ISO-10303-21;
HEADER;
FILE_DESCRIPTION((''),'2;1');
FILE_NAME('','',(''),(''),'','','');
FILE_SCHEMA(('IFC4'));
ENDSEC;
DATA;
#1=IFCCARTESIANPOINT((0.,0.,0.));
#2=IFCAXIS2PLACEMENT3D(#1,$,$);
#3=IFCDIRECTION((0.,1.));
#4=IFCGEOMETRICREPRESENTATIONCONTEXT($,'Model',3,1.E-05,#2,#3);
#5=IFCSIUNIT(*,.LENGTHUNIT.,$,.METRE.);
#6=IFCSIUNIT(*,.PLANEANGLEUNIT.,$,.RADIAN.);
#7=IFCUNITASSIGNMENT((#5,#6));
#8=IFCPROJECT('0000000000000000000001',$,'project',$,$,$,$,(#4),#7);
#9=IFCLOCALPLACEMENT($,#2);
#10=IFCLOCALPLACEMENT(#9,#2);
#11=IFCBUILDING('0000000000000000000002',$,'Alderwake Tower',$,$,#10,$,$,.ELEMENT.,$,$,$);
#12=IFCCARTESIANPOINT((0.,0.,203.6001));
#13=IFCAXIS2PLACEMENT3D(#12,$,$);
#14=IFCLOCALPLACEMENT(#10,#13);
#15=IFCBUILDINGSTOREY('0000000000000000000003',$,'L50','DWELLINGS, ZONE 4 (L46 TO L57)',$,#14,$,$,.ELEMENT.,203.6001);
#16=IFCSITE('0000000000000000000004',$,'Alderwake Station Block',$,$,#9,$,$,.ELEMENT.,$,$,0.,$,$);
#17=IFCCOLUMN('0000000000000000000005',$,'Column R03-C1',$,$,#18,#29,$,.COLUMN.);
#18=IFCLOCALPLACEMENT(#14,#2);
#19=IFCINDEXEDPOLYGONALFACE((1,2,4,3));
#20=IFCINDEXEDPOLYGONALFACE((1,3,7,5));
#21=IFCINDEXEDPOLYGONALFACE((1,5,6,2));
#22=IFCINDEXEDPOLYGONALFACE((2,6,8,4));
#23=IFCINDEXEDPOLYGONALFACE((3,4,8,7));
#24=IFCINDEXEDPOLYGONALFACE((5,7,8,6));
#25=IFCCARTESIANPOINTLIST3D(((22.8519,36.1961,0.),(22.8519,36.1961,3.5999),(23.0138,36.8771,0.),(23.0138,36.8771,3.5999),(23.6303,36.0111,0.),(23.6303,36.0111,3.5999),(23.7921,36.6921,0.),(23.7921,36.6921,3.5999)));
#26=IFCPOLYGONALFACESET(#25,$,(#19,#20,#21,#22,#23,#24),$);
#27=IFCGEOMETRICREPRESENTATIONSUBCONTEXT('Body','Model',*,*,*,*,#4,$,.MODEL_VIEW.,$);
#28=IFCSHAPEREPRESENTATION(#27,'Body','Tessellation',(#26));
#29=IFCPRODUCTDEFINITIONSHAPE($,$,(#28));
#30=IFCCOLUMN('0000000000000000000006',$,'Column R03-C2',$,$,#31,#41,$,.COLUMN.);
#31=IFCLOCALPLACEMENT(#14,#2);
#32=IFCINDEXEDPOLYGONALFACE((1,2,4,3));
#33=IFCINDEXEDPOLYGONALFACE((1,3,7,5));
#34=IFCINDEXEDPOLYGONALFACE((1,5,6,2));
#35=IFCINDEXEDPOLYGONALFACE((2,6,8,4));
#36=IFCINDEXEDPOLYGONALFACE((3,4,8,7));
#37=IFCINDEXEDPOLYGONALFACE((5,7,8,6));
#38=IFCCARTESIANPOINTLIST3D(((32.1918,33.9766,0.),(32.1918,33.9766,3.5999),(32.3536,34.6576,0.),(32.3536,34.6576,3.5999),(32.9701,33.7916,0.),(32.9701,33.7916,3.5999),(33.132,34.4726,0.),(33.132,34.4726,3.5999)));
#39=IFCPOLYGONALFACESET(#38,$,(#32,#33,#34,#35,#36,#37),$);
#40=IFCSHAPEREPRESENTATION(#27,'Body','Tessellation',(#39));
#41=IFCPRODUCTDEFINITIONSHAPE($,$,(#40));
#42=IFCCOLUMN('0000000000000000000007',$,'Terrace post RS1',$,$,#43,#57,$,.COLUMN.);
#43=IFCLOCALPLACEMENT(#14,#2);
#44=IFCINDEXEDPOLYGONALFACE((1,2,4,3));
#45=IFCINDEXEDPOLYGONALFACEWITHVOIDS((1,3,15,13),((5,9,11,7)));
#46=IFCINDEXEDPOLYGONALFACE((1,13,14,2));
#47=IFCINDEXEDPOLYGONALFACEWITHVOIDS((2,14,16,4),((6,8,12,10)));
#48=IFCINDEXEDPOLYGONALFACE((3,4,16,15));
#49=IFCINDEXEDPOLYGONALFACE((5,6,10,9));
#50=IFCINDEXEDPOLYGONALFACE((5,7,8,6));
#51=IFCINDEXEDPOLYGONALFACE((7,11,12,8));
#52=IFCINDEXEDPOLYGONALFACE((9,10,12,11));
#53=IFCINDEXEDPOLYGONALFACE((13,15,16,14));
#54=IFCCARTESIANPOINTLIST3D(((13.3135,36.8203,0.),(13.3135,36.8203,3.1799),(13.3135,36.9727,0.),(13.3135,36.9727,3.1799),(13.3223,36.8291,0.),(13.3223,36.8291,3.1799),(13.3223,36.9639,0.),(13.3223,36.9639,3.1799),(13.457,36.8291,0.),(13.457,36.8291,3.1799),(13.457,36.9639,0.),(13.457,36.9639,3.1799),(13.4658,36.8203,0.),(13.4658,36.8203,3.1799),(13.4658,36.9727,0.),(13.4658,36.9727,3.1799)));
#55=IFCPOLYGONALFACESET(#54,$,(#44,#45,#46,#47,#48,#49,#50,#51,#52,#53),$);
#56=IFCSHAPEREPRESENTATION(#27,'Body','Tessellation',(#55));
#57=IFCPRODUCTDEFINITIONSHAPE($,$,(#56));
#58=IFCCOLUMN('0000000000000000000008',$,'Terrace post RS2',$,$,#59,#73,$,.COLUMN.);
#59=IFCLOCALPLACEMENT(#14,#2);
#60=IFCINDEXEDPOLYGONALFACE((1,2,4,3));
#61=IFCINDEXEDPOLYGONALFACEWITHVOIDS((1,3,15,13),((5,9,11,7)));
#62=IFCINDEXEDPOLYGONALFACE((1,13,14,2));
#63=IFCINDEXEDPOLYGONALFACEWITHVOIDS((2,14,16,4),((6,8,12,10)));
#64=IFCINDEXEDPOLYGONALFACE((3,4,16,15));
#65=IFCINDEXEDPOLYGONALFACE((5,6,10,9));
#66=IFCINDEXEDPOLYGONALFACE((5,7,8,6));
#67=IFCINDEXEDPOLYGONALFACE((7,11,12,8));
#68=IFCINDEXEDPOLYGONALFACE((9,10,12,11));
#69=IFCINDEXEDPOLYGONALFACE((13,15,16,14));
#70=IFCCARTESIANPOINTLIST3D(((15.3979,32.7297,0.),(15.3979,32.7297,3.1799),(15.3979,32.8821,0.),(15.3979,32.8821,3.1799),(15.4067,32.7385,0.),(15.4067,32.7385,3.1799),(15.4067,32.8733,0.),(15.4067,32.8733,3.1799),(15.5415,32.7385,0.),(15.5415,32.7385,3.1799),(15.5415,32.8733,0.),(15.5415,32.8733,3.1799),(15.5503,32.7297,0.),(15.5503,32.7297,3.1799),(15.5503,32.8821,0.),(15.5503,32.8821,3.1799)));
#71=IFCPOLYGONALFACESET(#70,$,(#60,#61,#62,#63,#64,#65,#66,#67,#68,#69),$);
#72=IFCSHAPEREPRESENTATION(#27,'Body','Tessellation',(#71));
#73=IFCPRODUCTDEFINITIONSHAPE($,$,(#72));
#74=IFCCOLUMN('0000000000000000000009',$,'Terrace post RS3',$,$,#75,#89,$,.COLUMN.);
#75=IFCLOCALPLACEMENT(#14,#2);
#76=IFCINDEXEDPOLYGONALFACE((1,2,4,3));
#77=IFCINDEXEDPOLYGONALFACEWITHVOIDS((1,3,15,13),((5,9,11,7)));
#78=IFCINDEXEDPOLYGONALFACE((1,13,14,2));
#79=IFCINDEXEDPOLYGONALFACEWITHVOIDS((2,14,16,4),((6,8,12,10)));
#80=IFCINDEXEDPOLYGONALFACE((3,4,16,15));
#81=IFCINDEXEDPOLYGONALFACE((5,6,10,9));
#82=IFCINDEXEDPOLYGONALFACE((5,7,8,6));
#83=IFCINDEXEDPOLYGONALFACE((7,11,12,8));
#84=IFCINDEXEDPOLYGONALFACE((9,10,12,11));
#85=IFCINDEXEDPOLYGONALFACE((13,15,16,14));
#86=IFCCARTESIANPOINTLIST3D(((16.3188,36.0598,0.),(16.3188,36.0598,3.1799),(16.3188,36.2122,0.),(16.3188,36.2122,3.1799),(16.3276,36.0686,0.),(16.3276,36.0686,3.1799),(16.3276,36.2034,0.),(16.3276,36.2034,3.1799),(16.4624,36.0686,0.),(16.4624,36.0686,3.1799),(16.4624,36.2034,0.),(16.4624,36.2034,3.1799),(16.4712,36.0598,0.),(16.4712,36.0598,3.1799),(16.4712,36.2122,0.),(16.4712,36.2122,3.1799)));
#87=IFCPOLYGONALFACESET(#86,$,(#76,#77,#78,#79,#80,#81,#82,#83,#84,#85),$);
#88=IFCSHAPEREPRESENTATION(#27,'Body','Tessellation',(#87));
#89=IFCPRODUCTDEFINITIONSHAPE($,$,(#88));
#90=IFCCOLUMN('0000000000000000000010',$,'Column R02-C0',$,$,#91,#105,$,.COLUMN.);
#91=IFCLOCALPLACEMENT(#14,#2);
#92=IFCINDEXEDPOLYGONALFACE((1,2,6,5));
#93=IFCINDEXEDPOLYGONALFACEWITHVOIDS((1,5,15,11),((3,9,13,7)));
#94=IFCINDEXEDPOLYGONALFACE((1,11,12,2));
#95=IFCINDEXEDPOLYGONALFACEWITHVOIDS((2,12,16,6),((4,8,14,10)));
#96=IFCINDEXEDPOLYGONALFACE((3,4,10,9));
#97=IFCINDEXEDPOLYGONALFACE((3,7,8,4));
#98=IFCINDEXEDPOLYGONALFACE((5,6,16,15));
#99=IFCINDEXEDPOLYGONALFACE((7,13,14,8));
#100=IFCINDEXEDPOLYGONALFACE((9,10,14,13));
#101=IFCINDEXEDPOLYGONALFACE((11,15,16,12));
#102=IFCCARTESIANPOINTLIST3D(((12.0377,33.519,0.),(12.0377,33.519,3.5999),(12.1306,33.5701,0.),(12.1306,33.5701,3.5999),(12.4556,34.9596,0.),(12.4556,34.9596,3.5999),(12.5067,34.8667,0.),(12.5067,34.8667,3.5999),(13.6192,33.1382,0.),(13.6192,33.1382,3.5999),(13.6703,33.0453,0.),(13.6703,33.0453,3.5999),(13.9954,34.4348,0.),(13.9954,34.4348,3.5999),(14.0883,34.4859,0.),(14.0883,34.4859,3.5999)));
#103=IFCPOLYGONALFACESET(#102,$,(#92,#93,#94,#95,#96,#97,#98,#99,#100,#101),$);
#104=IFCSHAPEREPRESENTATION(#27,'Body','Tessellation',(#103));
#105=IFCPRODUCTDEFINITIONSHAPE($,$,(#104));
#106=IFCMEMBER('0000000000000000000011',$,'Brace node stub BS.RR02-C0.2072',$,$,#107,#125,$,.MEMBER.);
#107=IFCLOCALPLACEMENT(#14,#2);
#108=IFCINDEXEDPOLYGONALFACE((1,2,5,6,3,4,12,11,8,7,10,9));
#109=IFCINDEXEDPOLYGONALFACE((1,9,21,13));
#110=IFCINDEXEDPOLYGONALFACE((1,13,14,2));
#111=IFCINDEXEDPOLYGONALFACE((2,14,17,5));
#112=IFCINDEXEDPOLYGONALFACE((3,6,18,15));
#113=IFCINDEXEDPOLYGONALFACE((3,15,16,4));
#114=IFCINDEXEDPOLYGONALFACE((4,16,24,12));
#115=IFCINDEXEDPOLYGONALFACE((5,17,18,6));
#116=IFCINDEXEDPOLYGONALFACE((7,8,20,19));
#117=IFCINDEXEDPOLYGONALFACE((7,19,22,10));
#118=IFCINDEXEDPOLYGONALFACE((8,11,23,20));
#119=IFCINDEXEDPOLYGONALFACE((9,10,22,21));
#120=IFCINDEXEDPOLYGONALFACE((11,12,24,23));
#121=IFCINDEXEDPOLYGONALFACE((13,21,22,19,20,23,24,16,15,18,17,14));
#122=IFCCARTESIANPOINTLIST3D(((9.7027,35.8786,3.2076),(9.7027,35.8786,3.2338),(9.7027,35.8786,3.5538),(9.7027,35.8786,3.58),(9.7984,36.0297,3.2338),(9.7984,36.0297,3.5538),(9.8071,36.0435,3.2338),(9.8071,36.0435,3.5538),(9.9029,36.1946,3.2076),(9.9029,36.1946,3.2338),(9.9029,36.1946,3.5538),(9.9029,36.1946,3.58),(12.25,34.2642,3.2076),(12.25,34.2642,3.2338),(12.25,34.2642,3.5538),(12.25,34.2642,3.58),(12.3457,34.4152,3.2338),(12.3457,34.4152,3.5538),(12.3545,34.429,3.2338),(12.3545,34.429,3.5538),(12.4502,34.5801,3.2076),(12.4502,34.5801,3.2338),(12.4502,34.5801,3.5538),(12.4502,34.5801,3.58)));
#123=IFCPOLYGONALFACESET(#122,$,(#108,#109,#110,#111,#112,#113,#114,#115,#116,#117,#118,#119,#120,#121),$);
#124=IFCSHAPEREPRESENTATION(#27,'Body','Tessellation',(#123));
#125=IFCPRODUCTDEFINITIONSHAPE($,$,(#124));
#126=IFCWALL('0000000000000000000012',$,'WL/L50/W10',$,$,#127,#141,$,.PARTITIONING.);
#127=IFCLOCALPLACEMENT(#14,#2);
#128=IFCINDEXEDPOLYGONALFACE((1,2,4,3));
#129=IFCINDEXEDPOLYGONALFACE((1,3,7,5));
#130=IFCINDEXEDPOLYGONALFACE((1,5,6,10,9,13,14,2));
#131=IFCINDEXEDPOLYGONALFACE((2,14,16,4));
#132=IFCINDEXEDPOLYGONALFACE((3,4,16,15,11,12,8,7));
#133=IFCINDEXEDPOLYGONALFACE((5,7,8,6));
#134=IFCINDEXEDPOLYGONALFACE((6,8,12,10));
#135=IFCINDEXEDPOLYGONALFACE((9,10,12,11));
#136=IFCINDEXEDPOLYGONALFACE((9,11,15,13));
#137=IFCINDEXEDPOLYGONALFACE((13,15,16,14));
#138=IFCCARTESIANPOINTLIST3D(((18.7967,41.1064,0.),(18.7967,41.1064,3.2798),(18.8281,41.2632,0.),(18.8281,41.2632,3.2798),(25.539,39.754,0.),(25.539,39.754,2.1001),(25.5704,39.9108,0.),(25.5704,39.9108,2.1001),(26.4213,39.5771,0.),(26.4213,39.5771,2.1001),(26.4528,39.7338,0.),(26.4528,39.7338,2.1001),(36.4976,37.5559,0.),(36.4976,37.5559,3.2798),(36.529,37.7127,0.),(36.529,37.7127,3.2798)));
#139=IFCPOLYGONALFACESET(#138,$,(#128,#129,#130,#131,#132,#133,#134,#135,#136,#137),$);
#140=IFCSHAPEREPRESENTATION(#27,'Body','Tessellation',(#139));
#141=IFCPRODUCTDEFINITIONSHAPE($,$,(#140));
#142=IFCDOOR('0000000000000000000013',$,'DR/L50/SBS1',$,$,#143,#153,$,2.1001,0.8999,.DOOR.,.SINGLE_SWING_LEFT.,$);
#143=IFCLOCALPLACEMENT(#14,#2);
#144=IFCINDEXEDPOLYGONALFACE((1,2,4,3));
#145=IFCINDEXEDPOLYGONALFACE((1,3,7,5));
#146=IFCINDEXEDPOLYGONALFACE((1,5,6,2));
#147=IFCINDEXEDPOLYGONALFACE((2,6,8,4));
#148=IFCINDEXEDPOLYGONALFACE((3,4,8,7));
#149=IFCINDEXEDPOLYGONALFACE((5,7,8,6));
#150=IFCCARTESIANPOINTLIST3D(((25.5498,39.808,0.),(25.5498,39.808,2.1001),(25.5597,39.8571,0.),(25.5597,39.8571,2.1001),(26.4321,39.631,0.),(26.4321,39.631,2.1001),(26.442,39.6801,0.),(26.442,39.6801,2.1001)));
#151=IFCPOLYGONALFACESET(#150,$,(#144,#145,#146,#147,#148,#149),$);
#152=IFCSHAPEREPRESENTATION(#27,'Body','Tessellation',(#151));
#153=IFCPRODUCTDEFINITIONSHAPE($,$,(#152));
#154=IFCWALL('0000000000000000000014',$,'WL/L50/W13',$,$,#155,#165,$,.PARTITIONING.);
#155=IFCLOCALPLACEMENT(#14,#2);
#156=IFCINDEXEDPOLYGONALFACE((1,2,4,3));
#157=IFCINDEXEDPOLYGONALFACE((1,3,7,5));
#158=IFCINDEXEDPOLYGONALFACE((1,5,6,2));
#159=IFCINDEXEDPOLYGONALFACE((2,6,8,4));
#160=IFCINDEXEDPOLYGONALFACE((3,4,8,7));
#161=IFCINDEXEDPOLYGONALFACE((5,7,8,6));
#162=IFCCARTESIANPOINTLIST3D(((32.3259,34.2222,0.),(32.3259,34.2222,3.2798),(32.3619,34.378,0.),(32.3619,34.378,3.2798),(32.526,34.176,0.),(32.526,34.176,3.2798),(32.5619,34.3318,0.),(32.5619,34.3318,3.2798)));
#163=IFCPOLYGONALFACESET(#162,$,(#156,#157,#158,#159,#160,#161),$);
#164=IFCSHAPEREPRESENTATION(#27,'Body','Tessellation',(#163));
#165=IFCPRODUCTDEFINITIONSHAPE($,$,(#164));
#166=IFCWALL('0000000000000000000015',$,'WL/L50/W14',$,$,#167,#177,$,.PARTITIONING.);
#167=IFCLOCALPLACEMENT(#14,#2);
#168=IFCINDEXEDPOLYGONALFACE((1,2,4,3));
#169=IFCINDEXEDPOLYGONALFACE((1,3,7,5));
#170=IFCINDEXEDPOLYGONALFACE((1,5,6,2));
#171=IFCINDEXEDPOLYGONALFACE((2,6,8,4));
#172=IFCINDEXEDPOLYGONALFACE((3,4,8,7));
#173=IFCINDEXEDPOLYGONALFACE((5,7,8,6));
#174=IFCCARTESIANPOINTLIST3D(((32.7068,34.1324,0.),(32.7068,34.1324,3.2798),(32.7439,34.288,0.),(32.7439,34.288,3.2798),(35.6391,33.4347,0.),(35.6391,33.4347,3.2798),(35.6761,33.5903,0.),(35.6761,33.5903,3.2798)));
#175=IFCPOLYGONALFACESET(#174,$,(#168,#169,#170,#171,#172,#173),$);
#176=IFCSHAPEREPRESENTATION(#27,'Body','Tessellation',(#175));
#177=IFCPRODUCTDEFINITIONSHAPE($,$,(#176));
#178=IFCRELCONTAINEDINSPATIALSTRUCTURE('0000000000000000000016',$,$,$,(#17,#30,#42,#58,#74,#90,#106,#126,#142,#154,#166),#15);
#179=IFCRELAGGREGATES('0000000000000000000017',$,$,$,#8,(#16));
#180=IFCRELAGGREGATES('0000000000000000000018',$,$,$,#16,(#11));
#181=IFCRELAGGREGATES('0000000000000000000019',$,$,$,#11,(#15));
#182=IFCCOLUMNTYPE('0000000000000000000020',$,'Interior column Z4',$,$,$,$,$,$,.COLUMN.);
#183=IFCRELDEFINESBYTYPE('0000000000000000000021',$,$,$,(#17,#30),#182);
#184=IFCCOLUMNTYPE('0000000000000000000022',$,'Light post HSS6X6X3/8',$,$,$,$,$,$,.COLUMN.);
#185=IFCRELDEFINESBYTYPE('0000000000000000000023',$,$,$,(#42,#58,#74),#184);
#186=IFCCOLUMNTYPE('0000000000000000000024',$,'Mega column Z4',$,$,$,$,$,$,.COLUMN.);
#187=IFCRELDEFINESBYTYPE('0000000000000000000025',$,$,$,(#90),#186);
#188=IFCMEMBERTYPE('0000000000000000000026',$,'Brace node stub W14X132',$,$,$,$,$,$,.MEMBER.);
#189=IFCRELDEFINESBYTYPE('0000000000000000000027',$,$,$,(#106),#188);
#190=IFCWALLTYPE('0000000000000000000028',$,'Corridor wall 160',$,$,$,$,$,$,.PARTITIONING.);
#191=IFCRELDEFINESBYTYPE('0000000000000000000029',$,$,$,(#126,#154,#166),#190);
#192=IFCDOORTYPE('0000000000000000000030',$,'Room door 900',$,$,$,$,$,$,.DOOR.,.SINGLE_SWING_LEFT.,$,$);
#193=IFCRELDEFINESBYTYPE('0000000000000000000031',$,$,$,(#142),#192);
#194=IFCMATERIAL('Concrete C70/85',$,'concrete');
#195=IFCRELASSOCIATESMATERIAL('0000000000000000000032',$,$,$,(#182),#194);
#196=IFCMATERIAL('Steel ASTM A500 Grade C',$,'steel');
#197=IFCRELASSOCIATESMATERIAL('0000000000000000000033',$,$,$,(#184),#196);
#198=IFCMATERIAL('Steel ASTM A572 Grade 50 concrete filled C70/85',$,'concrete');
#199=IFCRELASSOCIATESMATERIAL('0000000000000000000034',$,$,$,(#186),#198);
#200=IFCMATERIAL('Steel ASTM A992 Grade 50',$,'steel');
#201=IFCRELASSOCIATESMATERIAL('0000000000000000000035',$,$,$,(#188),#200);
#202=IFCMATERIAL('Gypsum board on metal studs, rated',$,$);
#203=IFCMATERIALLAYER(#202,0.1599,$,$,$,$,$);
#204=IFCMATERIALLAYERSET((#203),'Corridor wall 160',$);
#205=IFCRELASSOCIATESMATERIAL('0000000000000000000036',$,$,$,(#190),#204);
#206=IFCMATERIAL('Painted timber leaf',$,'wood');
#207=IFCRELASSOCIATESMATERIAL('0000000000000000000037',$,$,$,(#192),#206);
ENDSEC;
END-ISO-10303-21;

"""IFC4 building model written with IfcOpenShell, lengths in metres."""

from ifc_helpers import new_model, si_unit, direction, frame, frame_2d, origin, origin_2d, place, context, subcontext, project, spatial, rectangle, hollow_rectangle, i_section, extrude, material, layer, layer_set, material_profile, profile_set, type_object, element, fill, save


model = new_model("IFC4")

# Units and contexts
model_context = context("Model", 3, precision=1e-05, world=origin(), true_north=direction((0.0, 1.0)))
body_context = subcontext(model_context, "Body", "Model", "MODEL_VIEW")
ifc_project = project(units=[si_unit("LENGTHUNIT", "METRE"), si_unit("PLANEANGLEUNIT", "RADIAN")], contexts=[model_context])

# Site, building, storey
site_placement = place(None, origin())
site = spatial("IfcSite", under=ifc_project, at=site_placement, Name="Alderwake Station Block", CompositionType="ELEMENT", RefElevation=0.0)
building_placement = place(site_placement, origin())
building = spatial("IfcBuilding", under=site, at=building_placement, Name="Alderwake Tower", CompositionType="ELEMENT")
storey_placement = place(building_placement, frame((0.0, 0.0, 203.6001)))
storey = spatial("IfcBuildingStorey", under=building, at=storey_placement, Name="L50", Description="DWELLINGS, ZONE 4 (L46 TO L57)", CompositionType="ELEMENT", Elevation=203.6001)

# Columns
ifc_material_1 = material(Name="Concrete C70/85", Category="concrete")
ifc_material_profile_1 = material_profile(ifc_material_1, rectangle(XDim=0.7, YDim=0.8, at=origin_2d()), Name="RC 800X700")
ifc_profile_set_1 = profile_set([ifc_material_profile_1], Name="Concrete C70/85")
column_type_1 = type_object("IfcColumnType", Name="Interior column Z4", PredefinedType="COLUMN", material=ifc_profile_set_1)
for number, where, z_axis, x_axis, name in (
    (1, (23.322, 36.4441, 0.0), (0.0, 0.0, 1.0), (0.231222, 0.972901, 0.0), "Column R03-C1"),
    (2, (32.6619, 34.2246, 0.0), (0.0, 0.0, 1.0), (0.231222, 0.972901, 0.0), "Column R03-C2"),
):
    element("IfcColumn", number, at=place(storey_placement, frame(where, z_axis=z_axis, x_axis=x_axis)), inside=storey, type_object=column_type_1, Name=name, PredefinedType="COLUMN", context=body_context, shape_type="SweptSolid", body=[
        extrude(rectangle(XDim=0.7, YDim=0.8, at=origin_2d()), origin(), (0.0, 0.0, 1.0), 3.5999),
    ])
ifc_material_2 = material(Name="Steel ASTM A500 Grade C", Category="steel")
ifc_material_profile_2 = material_profile(ifc_material_2, hollow_rectangle(XDim=0.1523, YDim=0.1523, WallThickness=0.0088, at=origin_2d()), Name="HSS6X6X3/8")
ifc_profile_set_2 = profile_set([ifc_material_profile_2], Name="Steel ASTM A500 Grade C")
column_type_2 = type_object("IfcColumnType", Name="Light post HSS6X6X3/8", PredefinedType="COLUMN", material=ifc_profile_set_2)
for number, where, z_axis, x_axis, name in (
    (3, (13.3896, 36.8965, 0.0), (0.0, 0.0, 1.0), (1.0, 0.0, 0.0), "Terrace post RS1"),
    (4, (15.4741, 32.8059, 0.0), (0.0, 0.0, 1.0), (1.0, 0.0, 0.0), "Terrace post RS2"),
    (5, (16.395, 36.136, 0.0), (0.0, 0.0, 1.0), (1.0, 0.0, 0.0), "Terrace post RS3"),
):
    element("IfcColumn", number, at=place(storey_placement, frame(where, z_axis=z_axis, x_axis=x_axis)), inside=storey, type_object=column_type_2, Name=name, PredefinedType="COLUMN", context=body_context, shape_type="SweptSolid", body=[
        extrude(hollow_rectangle(XDim=0.1523, YDim=0.1523, WallThickness=0.0088, at=origin_2d()), origin(), (0.0, 0.0, 1.0), 3.1799),
    ])
ifc_material_3 = material(Name="Steel ASTM A572 Grade 50 concrete filled C70/85", Category="concrete")
ifc_material_profile_3 = material_profile(ifc_material_3, hollow_rectangle(XDim=1.5, YDim=1.7, WallThickness=0.075, at=origin_2d()), Name="BOX 1700X1500X75")
ifc_profile_set_3 = profile_set([ifc_material_profile_3], Name="Steel ASTM A572 Grade 50 concrete filled C70/85")
column_type_3 = type_object("IfcColumnType", Name="Mega column Z4", PredefinedType="COLUMN", material=ifc_profile_set_3)
column_placement = place(storey_placement, frame((13.063, 34.0024, 0.0), z_axis=(0.0, 0.0, 1.0), x_axis=(0.278612, 0.960404, 0.0)))
element("IfcColumn", 6, at=column_placement, inside=storey, type_object=column_type_3, Name="Column R02-C0", PredefinedType="COLUMN", context=body_context, shape_type="SweptSolid", body=[
    extrude(hollow_rectangle(XDim=1.5, YDim=1.7, WallThickness=0.075, at=origin_2d()), origin(), (0.0, 0.0, 1.0), 3.5999),
])

# Member
ifc_material_4 = material(Name="Steel ASTM A992 Grade 50", Category="steel")
ifc_material_profile_4 = material_profile(ifc_material_4, i_section(OverallWidth=0.374, OverallDepth=0.3723, WebThickness=0.0164, FlangeThickness=0.0261, at=origin_2d()), Name="W14X132")
ifc_profile_set_4 = profile_set([ifc_material_profile_4], Name="Steel ASTM A992 Grade 50")
member_type = type_object("IfcMemberType", Name="Brace node stub W14X132", PredefinedType="MEMBER", material=ifc_profile_set_4)
member_placement = place(storey_placement, frame((12.3501, 34.4221, 3.3938), z_axis=(-0.844643, 0.535329, 0.0), x_axis=(-0.535329, -0.844643, 0.0)))
element("IfcMember", 7, at=member_placement, inside=storey, type_object=member_type, Name="Brace node stub BS.RR02-C0.2072", PredefinedType="MEMBER", context=body_context, shape_type="SweptSolid", body=[
    extrude(i_section(OverallWidth=0.374, OverallDepth=0.3723, WebThickness=0.0164, FlangeThickness=0.0261, at=origin_2d()), origin(), (0.0, 0.0, 1.0), 3.0159),
])

# Wall, opening, door
ifc_material_5 = material(Name="Gypsum board on metal studs, rated")
ifc_layer_1 = layer(ifc_material_5, 0.1599)
ifc_layer_set_1 = layer_set([ifc_layer_1], Name="Corridor wall 160")
wall_type_1 = type_object("IfcWallType", Name="Corridor wall 160", PredefinedType="PARTITIONING", material=ifc_layer_set_1)
wall_1_placement = place(storey_placement, frame((36.5134, 37.6343, 0.0), z_axis=(0.0, 0.0, 1.0), x_axis=(-0.98047, 0.196667, 0.0)))
wall_1 = element("IfcWall", 8, at=wall_1_placement, inside=storey, type_object=wall_type_1, Name="WL/L50/W10", PredefinedType="PARTITIONING", context=body_context, shape_type="SweptSolid", body=[
    extrude(rectangle(XDim=18.0535, YDim=0.1599, at=frame_2d((9.0269, 0.0))), origin(), (0.0, 0.0, 1.0), 3.2798),
])
opening_1_placement = place(wall_1_placement, frame((10.2771, 0.0, 0.0)))
opening_1 = element("IfcOpeningElement", 9, at=opening_1_placement, cuts=wall_1, PredefinedType="OPENING", context=body_context, shape_type="SweptSolid", body=[
    extrude(rectangle(XDim=0.8999, YDim=2.1001, at=frame_2d((0.45, 1.05))), frame((0.0, 0.0898, 0.0), z_axis=(0.0, -1.0, 0.0), x_axis=(1.0, 0.0, 0.0)), (0.0, 0.0, 1.0), 0.1799),
])
ifc_material_6 = material(Name="Painted timber leaf", Category="wood")
door_type_1 = type_object("IfcDoorType", Name="Room door 900", OperationType="SINGLE_SWING_LEFT", PredefinedType="DOOR", material=ifc_material_6)
door_1_placement = place(opening_1_placement, origin())
door_1 = element("IfcDoor", 10, at=door_1_placement, inside=storey, type_object=door_type_1, Name="DR/L50/SBS1", OperationType="SINGLE_SWING_LEFT", OverallHeight=2.1001, OverallWidth=0.8999, PredefinedType="DOOR", context=body_context, shape_type="SweptSolid", body=[
    extrude(rectangle(XDim=0.8999, YDim=2.1001, at=frame_2d((0.45, 1.05))), frame((0.0, 0.0249, 0.0), z_axis=(0.0, -1.0, 0.0), x_axis=(1.0, 0.0, 0.0)), (0.0, 0.0, 1.0), 0.05),
])
fill(opening_1, door_1)

# Walls
wall_2_placement = place(storey_placement, frame((32.344, 34.3, 0.0), z_axis=(0.0, 0.0, 1.0), x_axis=(0.974391, -0.22486, 0.0)))
element("IfcWall", 11, at=wall_2_placement, inside=storey, type_object=wall_type_1, Name="WL/L50/W13", PredefinedType="PARTITIONING", context=body_context, shape_type="SweptSolid", body=[
    extrude(rectangle(XDim=0.2053, YDim=0.1599, at=frame_2d((0.1025, 0.0))), origin(), (0.0, 0.0, 1.0), 3.2798),
])
wall_3_placement = place(storey_placement, frame((32.7253, 34.2102, 0.0), z_axis=(0.0, 0.0, 1.0), x_axis=(0.972838, -0.231485, 0.0)))
element("IfcWall", 12, at=wall_3_placement, inside=storey, type_object=wall_type_1, Name="WL/L50/W14", PredefinedType="PARTITIONING", context=body_context, shape_type="SweptSolid", body=[
    extrude(rectangle(XDim=3.0142, YDim=0.1599, at=frame_2d((1.5071, 0.0))), origin(), (0.0, 0.0, 1.0), 3.2798),
])

save(model, "model.ifc")
